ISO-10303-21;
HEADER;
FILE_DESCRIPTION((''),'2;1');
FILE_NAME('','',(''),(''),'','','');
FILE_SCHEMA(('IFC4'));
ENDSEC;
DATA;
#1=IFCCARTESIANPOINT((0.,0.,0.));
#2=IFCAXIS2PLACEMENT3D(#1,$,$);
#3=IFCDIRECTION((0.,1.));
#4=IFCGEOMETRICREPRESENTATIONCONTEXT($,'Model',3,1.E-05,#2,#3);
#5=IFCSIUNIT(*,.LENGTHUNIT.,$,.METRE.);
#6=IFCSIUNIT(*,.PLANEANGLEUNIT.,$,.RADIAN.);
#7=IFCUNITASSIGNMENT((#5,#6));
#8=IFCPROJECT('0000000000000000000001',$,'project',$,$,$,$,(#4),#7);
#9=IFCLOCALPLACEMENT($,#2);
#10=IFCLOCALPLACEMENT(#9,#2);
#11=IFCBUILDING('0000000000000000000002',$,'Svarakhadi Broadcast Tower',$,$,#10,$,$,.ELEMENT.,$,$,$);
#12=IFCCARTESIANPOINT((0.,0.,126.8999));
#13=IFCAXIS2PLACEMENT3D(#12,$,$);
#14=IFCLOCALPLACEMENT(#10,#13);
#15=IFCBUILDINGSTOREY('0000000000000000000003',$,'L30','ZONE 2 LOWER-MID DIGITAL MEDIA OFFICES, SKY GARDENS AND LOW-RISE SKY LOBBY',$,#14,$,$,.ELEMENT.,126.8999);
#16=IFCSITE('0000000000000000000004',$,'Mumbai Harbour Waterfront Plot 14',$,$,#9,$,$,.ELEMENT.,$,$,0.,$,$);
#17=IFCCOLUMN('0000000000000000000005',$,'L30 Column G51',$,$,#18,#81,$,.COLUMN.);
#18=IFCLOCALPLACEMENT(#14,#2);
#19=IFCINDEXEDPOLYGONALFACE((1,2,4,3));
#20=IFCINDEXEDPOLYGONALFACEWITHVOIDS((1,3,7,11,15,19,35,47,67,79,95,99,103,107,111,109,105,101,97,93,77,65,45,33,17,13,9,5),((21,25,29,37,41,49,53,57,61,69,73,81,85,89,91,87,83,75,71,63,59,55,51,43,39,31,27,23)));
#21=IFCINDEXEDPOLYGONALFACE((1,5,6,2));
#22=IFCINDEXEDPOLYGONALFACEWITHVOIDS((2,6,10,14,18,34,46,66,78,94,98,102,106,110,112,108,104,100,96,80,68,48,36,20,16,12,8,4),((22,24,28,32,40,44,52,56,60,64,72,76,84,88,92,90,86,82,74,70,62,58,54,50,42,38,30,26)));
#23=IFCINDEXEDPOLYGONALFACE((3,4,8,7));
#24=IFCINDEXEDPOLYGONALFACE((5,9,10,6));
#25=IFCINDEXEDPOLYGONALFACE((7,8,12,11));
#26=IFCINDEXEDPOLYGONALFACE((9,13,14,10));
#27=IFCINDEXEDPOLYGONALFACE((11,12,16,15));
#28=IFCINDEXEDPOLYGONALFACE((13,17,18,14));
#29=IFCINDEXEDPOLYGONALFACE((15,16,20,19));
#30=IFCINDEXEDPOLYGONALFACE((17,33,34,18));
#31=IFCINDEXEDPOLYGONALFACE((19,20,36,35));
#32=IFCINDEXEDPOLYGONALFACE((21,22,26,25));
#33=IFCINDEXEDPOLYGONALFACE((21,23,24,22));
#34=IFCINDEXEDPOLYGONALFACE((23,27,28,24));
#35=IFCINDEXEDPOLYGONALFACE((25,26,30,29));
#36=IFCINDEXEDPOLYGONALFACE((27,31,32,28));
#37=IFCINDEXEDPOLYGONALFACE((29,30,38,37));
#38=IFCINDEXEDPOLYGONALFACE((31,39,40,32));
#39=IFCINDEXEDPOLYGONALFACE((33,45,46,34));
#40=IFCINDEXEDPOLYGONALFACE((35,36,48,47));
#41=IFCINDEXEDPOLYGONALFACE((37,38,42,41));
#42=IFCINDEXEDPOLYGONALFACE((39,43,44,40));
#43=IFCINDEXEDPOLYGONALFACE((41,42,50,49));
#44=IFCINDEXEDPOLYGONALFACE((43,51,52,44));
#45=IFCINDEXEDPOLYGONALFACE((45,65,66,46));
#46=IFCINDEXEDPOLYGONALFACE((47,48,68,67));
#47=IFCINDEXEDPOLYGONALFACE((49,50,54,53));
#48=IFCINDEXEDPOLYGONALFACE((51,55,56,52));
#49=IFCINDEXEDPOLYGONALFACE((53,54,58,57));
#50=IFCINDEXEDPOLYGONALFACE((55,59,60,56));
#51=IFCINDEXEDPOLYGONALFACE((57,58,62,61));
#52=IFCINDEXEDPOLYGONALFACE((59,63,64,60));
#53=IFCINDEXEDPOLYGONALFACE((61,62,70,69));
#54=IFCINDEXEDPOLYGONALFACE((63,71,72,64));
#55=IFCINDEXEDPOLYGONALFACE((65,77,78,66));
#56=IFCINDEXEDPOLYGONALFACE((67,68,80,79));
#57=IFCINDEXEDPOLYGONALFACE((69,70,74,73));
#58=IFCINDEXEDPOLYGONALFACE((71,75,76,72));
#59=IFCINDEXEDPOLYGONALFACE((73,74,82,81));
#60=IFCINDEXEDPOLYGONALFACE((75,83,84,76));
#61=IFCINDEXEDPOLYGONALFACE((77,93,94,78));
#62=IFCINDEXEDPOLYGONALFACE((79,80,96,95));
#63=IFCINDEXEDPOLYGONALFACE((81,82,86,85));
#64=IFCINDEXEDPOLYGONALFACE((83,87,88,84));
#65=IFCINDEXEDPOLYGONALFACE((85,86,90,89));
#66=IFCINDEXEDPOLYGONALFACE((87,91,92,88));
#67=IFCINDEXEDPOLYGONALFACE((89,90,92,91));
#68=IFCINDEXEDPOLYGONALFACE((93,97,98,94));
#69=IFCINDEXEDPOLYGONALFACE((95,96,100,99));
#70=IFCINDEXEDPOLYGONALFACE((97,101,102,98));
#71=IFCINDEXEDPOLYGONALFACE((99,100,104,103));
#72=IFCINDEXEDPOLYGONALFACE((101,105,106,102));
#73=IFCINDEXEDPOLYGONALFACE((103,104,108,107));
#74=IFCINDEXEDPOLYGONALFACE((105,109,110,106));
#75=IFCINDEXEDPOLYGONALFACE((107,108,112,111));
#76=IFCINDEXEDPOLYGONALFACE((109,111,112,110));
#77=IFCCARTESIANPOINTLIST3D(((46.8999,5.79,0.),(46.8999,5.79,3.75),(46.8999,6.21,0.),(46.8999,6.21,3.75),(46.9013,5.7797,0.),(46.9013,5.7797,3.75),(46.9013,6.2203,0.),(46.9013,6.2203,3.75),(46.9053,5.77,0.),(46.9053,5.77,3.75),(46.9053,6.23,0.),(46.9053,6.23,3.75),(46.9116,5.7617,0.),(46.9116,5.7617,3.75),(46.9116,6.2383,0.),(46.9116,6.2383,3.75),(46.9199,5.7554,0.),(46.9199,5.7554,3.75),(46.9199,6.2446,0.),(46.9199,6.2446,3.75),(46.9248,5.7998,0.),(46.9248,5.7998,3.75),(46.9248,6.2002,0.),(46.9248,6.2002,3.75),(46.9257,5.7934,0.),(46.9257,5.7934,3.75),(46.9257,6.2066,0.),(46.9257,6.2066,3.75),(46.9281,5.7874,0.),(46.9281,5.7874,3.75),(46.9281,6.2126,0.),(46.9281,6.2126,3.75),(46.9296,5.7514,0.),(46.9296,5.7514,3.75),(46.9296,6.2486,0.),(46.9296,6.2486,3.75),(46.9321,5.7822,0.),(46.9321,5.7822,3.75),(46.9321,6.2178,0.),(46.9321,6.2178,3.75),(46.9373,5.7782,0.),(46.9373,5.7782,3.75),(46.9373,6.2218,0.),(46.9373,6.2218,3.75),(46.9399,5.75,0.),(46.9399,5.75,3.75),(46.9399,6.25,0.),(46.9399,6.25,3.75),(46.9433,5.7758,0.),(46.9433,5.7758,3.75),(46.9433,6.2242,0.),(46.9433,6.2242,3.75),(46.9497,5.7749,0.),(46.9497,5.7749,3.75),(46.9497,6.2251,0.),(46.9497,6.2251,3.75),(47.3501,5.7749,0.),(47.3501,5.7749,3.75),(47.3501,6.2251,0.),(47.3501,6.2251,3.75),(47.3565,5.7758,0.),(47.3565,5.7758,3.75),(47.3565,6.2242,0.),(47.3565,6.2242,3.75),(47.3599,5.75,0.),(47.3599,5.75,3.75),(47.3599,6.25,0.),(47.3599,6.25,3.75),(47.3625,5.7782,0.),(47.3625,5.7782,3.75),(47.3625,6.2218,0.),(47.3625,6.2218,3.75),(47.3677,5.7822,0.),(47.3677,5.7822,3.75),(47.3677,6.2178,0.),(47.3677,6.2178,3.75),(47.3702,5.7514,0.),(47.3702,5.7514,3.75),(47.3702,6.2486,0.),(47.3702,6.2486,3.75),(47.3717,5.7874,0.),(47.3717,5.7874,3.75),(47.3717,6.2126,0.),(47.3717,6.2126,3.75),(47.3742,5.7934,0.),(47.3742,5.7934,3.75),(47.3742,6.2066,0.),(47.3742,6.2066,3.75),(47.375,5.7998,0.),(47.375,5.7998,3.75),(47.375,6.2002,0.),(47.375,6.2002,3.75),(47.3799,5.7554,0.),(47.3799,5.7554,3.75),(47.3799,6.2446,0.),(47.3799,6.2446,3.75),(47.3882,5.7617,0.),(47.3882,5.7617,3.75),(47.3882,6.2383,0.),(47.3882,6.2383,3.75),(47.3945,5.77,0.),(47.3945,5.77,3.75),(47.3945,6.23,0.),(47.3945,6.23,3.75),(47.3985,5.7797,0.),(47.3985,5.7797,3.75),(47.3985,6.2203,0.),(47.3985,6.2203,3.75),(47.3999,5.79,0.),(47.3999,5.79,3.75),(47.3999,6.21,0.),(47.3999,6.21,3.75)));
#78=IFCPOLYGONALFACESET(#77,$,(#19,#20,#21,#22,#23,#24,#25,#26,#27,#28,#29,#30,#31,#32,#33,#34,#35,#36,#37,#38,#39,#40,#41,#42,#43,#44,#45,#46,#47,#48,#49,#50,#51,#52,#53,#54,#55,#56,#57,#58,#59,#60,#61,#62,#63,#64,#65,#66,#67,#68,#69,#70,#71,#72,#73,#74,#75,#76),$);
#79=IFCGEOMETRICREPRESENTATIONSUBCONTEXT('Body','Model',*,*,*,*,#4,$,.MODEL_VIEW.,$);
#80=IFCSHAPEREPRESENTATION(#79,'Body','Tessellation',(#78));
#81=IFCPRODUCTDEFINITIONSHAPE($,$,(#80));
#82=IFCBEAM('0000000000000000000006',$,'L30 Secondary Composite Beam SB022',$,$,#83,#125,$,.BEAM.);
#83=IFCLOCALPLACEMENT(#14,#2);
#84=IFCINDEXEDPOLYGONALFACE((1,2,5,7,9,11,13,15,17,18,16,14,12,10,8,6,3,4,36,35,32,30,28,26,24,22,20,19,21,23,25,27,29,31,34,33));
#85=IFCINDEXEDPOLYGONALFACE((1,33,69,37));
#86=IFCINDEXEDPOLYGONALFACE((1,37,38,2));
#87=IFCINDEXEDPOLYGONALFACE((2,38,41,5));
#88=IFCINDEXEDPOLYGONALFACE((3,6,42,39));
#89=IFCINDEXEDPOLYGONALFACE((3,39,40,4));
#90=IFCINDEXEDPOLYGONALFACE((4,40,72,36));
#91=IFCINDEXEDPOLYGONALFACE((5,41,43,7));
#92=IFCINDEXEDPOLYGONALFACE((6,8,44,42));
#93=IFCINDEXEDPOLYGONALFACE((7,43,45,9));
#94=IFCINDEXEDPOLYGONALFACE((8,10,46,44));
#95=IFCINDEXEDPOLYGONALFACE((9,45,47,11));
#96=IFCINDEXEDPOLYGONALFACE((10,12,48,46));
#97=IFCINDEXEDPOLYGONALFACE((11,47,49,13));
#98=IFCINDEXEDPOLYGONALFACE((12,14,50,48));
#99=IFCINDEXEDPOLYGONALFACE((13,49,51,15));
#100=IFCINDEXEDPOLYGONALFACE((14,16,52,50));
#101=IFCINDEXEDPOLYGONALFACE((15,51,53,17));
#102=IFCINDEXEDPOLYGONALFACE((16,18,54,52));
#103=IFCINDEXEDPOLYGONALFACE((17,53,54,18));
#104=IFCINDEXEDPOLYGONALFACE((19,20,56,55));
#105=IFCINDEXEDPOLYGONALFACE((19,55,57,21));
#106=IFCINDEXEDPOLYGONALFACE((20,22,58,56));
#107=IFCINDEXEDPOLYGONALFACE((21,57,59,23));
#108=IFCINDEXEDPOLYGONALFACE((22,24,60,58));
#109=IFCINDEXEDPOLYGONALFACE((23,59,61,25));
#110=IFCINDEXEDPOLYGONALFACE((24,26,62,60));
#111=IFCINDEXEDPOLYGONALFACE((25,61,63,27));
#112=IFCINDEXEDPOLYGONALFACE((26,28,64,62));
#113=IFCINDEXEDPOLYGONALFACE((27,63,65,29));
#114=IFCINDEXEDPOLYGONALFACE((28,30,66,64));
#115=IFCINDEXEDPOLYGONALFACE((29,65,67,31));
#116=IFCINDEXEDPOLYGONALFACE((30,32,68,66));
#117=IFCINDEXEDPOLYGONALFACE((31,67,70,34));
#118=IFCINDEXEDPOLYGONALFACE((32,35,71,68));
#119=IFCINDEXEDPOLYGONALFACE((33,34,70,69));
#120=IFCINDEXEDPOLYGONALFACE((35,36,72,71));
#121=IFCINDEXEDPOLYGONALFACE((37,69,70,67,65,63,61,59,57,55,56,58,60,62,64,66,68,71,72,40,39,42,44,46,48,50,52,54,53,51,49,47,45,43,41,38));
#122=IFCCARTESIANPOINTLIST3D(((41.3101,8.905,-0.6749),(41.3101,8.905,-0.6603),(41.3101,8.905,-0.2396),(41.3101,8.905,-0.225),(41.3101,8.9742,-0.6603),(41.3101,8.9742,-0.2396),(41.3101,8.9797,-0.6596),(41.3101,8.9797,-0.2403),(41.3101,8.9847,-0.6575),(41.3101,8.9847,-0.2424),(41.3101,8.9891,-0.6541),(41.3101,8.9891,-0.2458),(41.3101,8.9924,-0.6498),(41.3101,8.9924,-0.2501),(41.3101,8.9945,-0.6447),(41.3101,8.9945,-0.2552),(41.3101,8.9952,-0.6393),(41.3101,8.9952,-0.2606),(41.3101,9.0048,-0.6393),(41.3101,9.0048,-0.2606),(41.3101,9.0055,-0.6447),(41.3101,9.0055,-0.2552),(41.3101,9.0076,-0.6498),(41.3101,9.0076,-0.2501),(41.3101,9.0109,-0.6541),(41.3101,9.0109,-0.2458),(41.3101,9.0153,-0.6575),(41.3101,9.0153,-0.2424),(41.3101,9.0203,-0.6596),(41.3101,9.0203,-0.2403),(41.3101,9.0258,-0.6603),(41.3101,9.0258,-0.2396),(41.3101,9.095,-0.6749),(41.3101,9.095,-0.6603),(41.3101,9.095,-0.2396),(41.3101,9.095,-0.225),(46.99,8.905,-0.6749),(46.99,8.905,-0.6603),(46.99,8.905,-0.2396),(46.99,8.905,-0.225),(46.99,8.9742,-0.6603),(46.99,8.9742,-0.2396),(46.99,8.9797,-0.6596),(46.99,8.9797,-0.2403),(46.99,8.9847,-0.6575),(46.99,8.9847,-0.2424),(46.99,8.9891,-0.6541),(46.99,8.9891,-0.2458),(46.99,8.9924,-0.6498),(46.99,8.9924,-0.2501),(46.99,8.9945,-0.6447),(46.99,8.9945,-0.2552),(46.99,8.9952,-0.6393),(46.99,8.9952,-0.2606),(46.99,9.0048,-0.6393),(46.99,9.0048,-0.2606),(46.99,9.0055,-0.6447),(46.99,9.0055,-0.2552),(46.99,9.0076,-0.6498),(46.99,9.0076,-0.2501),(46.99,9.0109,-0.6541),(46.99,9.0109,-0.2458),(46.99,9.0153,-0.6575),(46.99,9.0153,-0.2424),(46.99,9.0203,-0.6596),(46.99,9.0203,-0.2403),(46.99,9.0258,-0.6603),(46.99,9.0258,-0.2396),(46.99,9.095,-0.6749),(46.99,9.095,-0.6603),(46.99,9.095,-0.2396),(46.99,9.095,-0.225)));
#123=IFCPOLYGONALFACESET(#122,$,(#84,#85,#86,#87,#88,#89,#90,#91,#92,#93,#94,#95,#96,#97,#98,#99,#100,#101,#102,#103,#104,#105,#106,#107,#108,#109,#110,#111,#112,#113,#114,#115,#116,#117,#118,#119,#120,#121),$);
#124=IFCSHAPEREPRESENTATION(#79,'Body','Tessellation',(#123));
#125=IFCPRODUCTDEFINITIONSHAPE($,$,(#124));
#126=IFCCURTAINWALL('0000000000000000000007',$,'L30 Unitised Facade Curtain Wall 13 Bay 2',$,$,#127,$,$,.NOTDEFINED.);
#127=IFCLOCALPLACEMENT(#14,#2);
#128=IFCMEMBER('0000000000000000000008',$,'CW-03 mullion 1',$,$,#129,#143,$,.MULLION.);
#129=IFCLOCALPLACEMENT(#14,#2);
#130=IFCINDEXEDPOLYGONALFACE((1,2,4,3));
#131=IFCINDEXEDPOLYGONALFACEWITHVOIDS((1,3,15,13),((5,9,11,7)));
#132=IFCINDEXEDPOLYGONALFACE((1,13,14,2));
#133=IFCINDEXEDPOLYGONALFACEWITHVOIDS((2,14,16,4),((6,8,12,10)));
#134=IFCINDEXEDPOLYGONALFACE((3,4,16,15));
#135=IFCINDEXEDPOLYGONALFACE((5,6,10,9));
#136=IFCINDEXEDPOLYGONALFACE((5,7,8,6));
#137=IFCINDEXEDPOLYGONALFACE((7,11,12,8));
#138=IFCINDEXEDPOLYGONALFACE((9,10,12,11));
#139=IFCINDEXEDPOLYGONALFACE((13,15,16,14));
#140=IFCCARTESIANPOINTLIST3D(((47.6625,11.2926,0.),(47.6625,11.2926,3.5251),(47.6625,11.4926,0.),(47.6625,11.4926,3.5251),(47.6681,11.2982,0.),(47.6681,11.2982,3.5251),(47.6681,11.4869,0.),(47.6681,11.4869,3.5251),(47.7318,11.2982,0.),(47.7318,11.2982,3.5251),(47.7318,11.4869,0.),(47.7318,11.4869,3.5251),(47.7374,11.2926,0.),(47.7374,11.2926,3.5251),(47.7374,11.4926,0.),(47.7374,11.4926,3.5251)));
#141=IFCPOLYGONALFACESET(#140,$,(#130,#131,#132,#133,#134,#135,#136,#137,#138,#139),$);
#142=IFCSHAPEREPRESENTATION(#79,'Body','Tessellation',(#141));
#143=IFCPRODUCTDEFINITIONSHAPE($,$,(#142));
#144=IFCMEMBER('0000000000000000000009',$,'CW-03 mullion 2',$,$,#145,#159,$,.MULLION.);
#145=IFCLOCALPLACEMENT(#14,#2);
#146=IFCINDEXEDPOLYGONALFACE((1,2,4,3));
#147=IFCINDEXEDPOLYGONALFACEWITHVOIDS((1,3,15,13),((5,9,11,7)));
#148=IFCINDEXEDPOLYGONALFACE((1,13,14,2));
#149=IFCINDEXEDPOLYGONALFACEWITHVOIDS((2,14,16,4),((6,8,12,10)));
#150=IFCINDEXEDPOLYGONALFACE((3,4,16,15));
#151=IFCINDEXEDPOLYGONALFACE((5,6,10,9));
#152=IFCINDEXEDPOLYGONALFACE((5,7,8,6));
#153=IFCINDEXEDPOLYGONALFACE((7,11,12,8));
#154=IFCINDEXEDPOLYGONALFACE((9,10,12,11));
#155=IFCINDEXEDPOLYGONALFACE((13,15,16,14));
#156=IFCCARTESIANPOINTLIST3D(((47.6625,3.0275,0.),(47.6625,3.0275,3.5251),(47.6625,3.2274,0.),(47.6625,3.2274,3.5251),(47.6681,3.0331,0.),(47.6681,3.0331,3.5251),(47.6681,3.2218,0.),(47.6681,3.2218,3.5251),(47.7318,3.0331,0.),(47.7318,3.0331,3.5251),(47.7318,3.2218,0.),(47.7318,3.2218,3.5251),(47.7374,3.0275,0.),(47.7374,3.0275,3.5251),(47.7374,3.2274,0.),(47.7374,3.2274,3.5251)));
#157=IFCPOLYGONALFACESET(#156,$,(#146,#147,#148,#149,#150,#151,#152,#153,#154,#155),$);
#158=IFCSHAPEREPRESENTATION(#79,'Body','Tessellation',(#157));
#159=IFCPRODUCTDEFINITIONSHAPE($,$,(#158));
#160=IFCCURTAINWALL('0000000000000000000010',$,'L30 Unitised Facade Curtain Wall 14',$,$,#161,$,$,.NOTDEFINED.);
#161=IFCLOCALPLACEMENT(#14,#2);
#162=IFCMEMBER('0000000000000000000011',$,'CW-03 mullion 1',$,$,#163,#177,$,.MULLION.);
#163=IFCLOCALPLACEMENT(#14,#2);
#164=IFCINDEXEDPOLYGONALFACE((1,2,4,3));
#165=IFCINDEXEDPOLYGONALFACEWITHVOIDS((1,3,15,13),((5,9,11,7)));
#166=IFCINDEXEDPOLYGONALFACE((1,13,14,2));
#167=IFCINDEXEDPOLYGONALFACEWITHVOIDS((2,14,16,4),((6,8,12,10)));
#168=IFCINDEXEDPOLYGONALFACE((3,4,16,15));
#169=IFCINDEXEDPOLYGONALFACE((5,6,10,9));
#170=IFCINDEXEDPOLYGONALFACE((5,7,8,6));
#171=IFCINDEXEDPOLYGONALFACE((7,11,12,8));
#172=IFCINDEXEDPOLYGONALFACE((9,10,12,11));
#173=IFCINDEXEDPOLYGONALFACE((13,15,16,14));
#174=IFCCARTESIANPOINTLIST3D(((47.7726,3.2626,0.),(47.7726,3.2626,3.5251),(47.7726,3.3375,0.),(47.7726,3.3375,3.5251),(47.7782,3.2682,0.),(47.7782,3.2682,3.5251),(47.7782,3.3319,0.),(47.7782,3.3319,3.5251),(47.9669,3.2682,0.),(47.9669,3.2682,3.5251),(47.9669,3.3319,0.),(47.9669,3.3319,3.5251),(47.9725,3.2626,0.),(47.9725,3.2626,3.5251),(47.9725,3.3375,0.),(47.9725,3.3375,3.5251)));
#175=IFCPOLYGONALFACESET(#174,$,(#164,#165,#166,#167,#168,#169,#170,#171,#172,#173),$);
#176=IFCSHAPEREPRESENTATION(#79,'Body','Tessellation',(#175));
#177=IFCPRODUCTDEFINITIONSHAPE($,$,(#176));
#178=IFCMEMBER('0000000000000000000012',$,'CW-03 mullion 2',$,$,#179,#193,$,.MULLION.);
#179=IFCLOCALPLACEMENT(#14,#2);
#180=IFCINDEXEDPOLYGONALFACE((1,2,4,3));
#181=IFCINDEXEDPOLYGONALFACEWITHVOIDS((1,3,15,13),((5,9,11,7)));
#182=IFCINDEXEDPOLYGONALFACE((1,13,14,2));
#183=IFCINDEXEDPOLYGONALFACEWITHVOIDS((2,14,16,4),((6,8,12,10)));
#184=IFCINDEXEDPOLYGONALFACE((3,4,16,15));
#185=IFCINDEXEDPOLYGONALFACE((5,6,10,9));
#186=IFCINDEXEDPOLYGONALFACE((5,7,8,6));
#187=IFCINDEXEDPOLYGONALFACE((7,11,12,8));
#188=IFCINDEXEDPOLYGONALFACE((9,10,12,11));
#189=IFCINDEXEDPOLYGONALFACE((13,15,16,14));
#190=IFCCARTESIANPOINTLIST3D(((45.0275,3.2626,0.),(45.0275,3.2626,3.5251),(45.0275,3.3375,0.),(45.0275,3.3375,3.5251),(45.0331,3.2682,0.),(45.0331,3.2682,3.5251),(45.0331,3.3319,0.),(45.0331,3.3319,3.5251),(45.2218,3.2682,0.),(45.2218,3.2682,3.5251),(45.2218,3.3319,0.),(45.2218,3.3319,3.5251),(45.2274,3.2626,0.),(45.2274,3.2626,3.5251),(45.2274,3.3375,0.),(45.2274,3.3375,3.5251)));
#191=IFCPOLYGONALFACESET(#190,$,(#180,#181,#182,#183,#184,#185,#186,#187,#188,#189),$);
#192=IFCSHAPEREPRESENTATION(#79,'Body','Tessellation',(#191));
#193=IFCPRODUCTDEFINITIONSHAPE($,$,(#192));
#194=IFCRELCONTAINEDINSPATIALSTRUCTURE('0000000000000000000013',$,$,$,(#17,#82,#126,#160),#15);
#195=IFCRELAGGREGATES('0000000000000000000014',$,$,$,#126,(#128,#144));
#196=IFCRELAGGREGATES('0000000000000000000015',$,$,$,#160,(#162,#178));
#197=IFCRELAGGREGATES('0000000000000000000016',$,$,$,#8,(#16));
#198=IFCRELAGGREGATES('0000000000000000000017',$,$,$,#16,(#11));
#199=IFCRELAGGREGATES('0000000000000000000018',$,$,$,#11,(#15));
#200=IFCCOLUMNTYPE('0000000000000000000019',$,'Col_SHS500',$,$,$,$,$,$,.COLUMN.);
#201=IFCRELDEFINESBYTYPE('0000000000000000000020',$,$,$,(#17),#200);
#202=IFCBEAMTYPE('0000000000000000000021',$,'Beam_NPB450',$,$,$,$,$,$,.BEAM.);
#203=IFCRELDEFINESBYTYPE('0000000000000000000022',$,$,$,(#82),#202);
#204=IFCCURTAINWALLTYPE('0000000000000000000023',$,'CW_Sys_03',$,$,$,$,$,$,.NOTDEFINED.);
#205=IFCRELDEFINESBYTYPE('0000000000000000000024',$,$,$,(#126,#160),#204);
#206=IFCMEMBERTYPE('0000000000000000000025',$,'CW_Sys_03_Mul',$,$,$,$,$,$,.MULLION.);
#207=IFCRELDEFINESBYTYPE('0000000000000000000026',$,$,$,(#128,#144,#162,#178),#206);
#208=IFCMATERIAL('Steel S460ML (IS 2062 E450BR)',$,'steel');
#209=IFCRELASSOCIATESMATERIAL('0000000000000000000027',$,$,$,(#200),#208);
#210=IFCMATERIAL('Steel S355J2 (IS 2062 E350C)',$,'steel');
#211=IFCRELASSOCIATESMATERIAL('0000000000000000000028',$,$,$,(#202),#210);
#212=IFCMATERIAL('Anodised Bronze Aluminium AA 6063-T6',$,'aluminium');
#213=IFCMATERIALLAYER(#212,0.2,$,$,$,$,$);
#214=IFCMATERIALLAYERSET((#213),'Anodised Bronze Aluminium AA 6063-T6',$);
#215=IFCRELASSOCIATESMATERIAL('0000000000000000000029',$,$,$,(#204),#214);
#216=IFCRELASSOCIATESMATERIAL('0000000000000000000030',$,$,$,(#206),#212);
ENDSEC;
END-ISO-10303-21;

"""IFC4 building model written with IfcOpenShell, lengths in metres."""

from ifc_helpers import new_model, si_unit, direction, frame, origin, origin_2d, place, context, subcontext, project, spatial, hollow_rectangle, i_section, extrude, material, layer, layer_set, material_profile, profile_set, type_object, element, aggregate, save


model = new_model("IFC4")

# Units and contexts
model_context = context("Model", 3, precision=1e-05, world=origin(), true_north=direction((0.0, 1.0)))
body_context = subcontext(model_context, "Body", "Model", "MODEL_VIEW")
ifc_project = project(units=[si_unit("LENGTHUNIT", "METRE"), si_unit("PLANEANGLEUNIT", "RADIAN")], contexts=[model_context])

# Site, building, storey
site_placement = place(None, origin())
site = spatial("IfcSite", under=ifc_project, at=site_placement, Name="Mumbai Harbour Waterfront Plot 14", CompositionType="ELEMENT", RefElevation=0.0)
building_placement = place(site_placement, origin())
building = spatial("IfcBuilding", under=site, at=building_placement, Name="Svarakhadi Broadcast Tower", CompositionType="ELEMENT")
storey_placement = place(building_placement, frame((0.0, 0.0, 126.8999)))
storey = spatial("IfcBuildingStorey", under=building, at=storey_placement, Name="L30", Description="ZONE 2 LOWER-MID DIGITAL MEDIA OFFICES, SKY GARDENS AND LOW-RISE SKY LOBBY", CompositionType="ELEMENT", Elevation=126.8999)

# Column
ifc_material_1 = material(Name="Steel S460ML (IS 2062 E450BR)", Category="steel")
ifc_material_profile_1 = material_profile(ifc_material_1, hollow_rectangle(XDim=0.5, YDim=0.5, WallThickness=0.0249, InnerFilletRadius=0.0249, OuterFilletRadius=0.04, at=origin_2d()), Name="SHS 500x500x25")
ifc_profile_set_1 = profile_set([ifc_material_profile_1], Name="Steel S460ML (IS 2062 E450BR)")
column_type = type_object("IfcColumnType", Name="Col_SHS500", PredefinedType="COLUMN", material=ifc_profile_set_1)
column_placement = place(storey_placement, frame((47.1499, 6.0, 0.0), z_axis=(0.0, 0.0, 1.0), x_axis=(1.0, 0.0, 0.0)))
element("IfcColumn", 1, at=column_placement, inside=storey, type_object=column_type, Name="L30 Column G51", PredefinedType="COLUMN", context=body_context, shape_type="SweptSolid", body=[
    extrude(hollow_rectangle(XDim=0.5, YDim=0.5, WallThickness=0.0249, InnerFilletRadius=0.0249, OuterFilletRadius=0.04, at=origin_2d()), origin(), (0.0, 0.0, 1.0), 3.75),
])

# Beam
ifc_material_2 = material(Name="Steel S355J2 (IS 2062 E350C)", Category="steel")
ifc_material_profile_2 = material_profile(ifc_material_2, i_section(OverallWidth=0.1899, OverallDepth=0.45, WebThickness=0.0095, FlangeThickness=0.0146, FilletRadius=0.021, at=origin_2d()), Name="NPB 450x190x78")
ifc_profile_set_2 = profile_set([ifc_material_profile_2], Name="Steel S355J2 (IS 2062 E350C)")
beam_type_1 = type_object("IfcBeamType", Name="Beam_NPB450", PredefinedType="BEAM", material=ifc_profile_set_2)
beam_placement = place(storey_placement, frame((41.3101, 9.0, -0.45), z_axis=(1.0, 0.0, 0.0), x_axis=(0.0, 1.0, 0.0)))
element("IfcBeam", 2, at=beam_placement, inside=storey, type_object=beam_type_1, Name="L30 Secondary Composite Beam SB022", PredefinedType="BEAM", context=body_context, shape_type="SweptSolid", body=[
    extrude(i_section(OverallWidth=0.1899, OverallDepth=0.45, WebThickness=0.0095, FlangeThickness=0.0146, FilletRadius=0.021, at=origin_2d()), origin(), (0.0, 0.0, 1.0), 5.6799),
])

# Curtain walls, members
ifc_material_3 = material(Name="Anodised Bronze Aluminium AA 6063-T6", Category="aluminium")
ifc_layer_1 = layer(ifc_material_3, 0.2)
ifc_layer_set_1 = layer_set([ifc_layer_1], Name="Anodised Bronze Aluminium AA 6063-T6")
curtain_wall_type = type_object("IfcCurtainWallType", Name="CW_Sys_03", PredefinedType="NOTDEFINED", material=ifc_layer_set_1)
curtain_wall_1_placement = place(storey_placement, origin())
curtain_wall_1 = element("IfcCurtainWall", 3, at=curtain_wall_1_placement, inside=storey, type_object=curtain_wall_type, Name="L30 Unitised Facade Curtain Wall 13 Bay 2", PredefinedType="NOTDEFINED")
ifc_material_profile_3 = material_profile(ifc_material_3, hollow_rectangle(XDim=0.075, YDim=0.2, WallThickness=0.0056, at=origin_2d()), Name="ALU MULLION 200x75x6")
ifc_profile_set_3 = profile_set([ifc_material_profile_3], Name="Anodised Bronze Aluminium AA 6063-T6")
member_type_1 = type_object("IfcMemberType", Name="CW_Sys_03_Mul", PredefinedType="MULLION", material=ifc_profile_set_3)
member_1_placement = place(storey_placement, frame((47.7, 11.3926, 0.0), z_axis=(0.0, 0.0, 1.0), x_axis=(1.0, 0.0, 0.0)))
member_1 = element("IfcMember", 4, at=member_1_placement, type_object=member_type_1, Name="CW-03 mullion 1", PredefinedType="MULLION", context=body_context, shape_type="SweptSolid", body=[
    extrude(hollow_rectangle(XDim=0.075, YDim=0.2, WallThickness=0.0056, at=origin_2d()), origin(), (0.0, 0.0, 1.0), 3.5251),
])
member_2_placement = place(storey_placement, frame((47.7, 3.1274, 0.0), z_axis=(0.0, 0.0, 1.0), x_axis=(1.0, 0.0, 0.0)))
member_2 = element("IfcMember", 5, at=member_2_placement, type_object=member_type_1, Name="CW-03 mullion 2", PredefinedType="MULLION", context=body_context, shape_type="SweptSolid", body=[
    extrude(hollow_rectangle(XDim=0.075, YDim=0.2, WallThickness=0.0056, at=origin_2d()), origin(), (0.0, 0.0, 1.0), 3.5251),
])
curtain_wall_2_placement = place(storey_placement, origin())
curtain_wall_2 = element("IfcCurtainWall", 6, at=curtain_wall_2_placement, inside=storey, type_object=curtain_wall_type, Name="L30 Unitised Facade Curtain Wall 14", PredefinedType="NOTDEFINED")
member_3_placement = place(storey_placement, frame((47.8726, 3.3, 0.0), z_axis=(0.0, 0.0, 1.0), x_axis=(0.0, -1.0, 0.0)))
member_3 = element("IfcMember", 7, at=member_3_placement, type_object=member_type_1, Name="CW-03 mullion 1", PredefinedType="MULLION", context=body_context, shape_type="SweptSolid", body=[
    extrude(hollow_rectangle(XDim=0.075, YDim=0.2, WallThickness=0.0056, at=origin_2d()), origin(), (0.0, 0.0, 1.0), 3.5251),
])
member_4_placement = place(storey_placement, frame((45.1274, 3.3, 0.0), z_axis=(0.0, 0.0, 1.0), x_axis=(0.0, -1.0, 0.0)))
member_4 = element("IfcMember", 8, at=member_4_placement, type_object=member_type_1, Name="CW-03 mullion 2", PredefinedType="MULLION", context=body_context, shape_type="SweptSolid", body=[
    extrude(hollow_rectangle(XDim=0.075, YDim=0.2, WallThickness=0.0056, at=origin_2d()), origin(), (0.0, 0.0, 1.0), 3.5251),
])

aggregate(curtain_wall_1, [member_1, member_2])
aggregate(curtain_wall_2, [member_3, member_4])

save(model, "model.ifc")
